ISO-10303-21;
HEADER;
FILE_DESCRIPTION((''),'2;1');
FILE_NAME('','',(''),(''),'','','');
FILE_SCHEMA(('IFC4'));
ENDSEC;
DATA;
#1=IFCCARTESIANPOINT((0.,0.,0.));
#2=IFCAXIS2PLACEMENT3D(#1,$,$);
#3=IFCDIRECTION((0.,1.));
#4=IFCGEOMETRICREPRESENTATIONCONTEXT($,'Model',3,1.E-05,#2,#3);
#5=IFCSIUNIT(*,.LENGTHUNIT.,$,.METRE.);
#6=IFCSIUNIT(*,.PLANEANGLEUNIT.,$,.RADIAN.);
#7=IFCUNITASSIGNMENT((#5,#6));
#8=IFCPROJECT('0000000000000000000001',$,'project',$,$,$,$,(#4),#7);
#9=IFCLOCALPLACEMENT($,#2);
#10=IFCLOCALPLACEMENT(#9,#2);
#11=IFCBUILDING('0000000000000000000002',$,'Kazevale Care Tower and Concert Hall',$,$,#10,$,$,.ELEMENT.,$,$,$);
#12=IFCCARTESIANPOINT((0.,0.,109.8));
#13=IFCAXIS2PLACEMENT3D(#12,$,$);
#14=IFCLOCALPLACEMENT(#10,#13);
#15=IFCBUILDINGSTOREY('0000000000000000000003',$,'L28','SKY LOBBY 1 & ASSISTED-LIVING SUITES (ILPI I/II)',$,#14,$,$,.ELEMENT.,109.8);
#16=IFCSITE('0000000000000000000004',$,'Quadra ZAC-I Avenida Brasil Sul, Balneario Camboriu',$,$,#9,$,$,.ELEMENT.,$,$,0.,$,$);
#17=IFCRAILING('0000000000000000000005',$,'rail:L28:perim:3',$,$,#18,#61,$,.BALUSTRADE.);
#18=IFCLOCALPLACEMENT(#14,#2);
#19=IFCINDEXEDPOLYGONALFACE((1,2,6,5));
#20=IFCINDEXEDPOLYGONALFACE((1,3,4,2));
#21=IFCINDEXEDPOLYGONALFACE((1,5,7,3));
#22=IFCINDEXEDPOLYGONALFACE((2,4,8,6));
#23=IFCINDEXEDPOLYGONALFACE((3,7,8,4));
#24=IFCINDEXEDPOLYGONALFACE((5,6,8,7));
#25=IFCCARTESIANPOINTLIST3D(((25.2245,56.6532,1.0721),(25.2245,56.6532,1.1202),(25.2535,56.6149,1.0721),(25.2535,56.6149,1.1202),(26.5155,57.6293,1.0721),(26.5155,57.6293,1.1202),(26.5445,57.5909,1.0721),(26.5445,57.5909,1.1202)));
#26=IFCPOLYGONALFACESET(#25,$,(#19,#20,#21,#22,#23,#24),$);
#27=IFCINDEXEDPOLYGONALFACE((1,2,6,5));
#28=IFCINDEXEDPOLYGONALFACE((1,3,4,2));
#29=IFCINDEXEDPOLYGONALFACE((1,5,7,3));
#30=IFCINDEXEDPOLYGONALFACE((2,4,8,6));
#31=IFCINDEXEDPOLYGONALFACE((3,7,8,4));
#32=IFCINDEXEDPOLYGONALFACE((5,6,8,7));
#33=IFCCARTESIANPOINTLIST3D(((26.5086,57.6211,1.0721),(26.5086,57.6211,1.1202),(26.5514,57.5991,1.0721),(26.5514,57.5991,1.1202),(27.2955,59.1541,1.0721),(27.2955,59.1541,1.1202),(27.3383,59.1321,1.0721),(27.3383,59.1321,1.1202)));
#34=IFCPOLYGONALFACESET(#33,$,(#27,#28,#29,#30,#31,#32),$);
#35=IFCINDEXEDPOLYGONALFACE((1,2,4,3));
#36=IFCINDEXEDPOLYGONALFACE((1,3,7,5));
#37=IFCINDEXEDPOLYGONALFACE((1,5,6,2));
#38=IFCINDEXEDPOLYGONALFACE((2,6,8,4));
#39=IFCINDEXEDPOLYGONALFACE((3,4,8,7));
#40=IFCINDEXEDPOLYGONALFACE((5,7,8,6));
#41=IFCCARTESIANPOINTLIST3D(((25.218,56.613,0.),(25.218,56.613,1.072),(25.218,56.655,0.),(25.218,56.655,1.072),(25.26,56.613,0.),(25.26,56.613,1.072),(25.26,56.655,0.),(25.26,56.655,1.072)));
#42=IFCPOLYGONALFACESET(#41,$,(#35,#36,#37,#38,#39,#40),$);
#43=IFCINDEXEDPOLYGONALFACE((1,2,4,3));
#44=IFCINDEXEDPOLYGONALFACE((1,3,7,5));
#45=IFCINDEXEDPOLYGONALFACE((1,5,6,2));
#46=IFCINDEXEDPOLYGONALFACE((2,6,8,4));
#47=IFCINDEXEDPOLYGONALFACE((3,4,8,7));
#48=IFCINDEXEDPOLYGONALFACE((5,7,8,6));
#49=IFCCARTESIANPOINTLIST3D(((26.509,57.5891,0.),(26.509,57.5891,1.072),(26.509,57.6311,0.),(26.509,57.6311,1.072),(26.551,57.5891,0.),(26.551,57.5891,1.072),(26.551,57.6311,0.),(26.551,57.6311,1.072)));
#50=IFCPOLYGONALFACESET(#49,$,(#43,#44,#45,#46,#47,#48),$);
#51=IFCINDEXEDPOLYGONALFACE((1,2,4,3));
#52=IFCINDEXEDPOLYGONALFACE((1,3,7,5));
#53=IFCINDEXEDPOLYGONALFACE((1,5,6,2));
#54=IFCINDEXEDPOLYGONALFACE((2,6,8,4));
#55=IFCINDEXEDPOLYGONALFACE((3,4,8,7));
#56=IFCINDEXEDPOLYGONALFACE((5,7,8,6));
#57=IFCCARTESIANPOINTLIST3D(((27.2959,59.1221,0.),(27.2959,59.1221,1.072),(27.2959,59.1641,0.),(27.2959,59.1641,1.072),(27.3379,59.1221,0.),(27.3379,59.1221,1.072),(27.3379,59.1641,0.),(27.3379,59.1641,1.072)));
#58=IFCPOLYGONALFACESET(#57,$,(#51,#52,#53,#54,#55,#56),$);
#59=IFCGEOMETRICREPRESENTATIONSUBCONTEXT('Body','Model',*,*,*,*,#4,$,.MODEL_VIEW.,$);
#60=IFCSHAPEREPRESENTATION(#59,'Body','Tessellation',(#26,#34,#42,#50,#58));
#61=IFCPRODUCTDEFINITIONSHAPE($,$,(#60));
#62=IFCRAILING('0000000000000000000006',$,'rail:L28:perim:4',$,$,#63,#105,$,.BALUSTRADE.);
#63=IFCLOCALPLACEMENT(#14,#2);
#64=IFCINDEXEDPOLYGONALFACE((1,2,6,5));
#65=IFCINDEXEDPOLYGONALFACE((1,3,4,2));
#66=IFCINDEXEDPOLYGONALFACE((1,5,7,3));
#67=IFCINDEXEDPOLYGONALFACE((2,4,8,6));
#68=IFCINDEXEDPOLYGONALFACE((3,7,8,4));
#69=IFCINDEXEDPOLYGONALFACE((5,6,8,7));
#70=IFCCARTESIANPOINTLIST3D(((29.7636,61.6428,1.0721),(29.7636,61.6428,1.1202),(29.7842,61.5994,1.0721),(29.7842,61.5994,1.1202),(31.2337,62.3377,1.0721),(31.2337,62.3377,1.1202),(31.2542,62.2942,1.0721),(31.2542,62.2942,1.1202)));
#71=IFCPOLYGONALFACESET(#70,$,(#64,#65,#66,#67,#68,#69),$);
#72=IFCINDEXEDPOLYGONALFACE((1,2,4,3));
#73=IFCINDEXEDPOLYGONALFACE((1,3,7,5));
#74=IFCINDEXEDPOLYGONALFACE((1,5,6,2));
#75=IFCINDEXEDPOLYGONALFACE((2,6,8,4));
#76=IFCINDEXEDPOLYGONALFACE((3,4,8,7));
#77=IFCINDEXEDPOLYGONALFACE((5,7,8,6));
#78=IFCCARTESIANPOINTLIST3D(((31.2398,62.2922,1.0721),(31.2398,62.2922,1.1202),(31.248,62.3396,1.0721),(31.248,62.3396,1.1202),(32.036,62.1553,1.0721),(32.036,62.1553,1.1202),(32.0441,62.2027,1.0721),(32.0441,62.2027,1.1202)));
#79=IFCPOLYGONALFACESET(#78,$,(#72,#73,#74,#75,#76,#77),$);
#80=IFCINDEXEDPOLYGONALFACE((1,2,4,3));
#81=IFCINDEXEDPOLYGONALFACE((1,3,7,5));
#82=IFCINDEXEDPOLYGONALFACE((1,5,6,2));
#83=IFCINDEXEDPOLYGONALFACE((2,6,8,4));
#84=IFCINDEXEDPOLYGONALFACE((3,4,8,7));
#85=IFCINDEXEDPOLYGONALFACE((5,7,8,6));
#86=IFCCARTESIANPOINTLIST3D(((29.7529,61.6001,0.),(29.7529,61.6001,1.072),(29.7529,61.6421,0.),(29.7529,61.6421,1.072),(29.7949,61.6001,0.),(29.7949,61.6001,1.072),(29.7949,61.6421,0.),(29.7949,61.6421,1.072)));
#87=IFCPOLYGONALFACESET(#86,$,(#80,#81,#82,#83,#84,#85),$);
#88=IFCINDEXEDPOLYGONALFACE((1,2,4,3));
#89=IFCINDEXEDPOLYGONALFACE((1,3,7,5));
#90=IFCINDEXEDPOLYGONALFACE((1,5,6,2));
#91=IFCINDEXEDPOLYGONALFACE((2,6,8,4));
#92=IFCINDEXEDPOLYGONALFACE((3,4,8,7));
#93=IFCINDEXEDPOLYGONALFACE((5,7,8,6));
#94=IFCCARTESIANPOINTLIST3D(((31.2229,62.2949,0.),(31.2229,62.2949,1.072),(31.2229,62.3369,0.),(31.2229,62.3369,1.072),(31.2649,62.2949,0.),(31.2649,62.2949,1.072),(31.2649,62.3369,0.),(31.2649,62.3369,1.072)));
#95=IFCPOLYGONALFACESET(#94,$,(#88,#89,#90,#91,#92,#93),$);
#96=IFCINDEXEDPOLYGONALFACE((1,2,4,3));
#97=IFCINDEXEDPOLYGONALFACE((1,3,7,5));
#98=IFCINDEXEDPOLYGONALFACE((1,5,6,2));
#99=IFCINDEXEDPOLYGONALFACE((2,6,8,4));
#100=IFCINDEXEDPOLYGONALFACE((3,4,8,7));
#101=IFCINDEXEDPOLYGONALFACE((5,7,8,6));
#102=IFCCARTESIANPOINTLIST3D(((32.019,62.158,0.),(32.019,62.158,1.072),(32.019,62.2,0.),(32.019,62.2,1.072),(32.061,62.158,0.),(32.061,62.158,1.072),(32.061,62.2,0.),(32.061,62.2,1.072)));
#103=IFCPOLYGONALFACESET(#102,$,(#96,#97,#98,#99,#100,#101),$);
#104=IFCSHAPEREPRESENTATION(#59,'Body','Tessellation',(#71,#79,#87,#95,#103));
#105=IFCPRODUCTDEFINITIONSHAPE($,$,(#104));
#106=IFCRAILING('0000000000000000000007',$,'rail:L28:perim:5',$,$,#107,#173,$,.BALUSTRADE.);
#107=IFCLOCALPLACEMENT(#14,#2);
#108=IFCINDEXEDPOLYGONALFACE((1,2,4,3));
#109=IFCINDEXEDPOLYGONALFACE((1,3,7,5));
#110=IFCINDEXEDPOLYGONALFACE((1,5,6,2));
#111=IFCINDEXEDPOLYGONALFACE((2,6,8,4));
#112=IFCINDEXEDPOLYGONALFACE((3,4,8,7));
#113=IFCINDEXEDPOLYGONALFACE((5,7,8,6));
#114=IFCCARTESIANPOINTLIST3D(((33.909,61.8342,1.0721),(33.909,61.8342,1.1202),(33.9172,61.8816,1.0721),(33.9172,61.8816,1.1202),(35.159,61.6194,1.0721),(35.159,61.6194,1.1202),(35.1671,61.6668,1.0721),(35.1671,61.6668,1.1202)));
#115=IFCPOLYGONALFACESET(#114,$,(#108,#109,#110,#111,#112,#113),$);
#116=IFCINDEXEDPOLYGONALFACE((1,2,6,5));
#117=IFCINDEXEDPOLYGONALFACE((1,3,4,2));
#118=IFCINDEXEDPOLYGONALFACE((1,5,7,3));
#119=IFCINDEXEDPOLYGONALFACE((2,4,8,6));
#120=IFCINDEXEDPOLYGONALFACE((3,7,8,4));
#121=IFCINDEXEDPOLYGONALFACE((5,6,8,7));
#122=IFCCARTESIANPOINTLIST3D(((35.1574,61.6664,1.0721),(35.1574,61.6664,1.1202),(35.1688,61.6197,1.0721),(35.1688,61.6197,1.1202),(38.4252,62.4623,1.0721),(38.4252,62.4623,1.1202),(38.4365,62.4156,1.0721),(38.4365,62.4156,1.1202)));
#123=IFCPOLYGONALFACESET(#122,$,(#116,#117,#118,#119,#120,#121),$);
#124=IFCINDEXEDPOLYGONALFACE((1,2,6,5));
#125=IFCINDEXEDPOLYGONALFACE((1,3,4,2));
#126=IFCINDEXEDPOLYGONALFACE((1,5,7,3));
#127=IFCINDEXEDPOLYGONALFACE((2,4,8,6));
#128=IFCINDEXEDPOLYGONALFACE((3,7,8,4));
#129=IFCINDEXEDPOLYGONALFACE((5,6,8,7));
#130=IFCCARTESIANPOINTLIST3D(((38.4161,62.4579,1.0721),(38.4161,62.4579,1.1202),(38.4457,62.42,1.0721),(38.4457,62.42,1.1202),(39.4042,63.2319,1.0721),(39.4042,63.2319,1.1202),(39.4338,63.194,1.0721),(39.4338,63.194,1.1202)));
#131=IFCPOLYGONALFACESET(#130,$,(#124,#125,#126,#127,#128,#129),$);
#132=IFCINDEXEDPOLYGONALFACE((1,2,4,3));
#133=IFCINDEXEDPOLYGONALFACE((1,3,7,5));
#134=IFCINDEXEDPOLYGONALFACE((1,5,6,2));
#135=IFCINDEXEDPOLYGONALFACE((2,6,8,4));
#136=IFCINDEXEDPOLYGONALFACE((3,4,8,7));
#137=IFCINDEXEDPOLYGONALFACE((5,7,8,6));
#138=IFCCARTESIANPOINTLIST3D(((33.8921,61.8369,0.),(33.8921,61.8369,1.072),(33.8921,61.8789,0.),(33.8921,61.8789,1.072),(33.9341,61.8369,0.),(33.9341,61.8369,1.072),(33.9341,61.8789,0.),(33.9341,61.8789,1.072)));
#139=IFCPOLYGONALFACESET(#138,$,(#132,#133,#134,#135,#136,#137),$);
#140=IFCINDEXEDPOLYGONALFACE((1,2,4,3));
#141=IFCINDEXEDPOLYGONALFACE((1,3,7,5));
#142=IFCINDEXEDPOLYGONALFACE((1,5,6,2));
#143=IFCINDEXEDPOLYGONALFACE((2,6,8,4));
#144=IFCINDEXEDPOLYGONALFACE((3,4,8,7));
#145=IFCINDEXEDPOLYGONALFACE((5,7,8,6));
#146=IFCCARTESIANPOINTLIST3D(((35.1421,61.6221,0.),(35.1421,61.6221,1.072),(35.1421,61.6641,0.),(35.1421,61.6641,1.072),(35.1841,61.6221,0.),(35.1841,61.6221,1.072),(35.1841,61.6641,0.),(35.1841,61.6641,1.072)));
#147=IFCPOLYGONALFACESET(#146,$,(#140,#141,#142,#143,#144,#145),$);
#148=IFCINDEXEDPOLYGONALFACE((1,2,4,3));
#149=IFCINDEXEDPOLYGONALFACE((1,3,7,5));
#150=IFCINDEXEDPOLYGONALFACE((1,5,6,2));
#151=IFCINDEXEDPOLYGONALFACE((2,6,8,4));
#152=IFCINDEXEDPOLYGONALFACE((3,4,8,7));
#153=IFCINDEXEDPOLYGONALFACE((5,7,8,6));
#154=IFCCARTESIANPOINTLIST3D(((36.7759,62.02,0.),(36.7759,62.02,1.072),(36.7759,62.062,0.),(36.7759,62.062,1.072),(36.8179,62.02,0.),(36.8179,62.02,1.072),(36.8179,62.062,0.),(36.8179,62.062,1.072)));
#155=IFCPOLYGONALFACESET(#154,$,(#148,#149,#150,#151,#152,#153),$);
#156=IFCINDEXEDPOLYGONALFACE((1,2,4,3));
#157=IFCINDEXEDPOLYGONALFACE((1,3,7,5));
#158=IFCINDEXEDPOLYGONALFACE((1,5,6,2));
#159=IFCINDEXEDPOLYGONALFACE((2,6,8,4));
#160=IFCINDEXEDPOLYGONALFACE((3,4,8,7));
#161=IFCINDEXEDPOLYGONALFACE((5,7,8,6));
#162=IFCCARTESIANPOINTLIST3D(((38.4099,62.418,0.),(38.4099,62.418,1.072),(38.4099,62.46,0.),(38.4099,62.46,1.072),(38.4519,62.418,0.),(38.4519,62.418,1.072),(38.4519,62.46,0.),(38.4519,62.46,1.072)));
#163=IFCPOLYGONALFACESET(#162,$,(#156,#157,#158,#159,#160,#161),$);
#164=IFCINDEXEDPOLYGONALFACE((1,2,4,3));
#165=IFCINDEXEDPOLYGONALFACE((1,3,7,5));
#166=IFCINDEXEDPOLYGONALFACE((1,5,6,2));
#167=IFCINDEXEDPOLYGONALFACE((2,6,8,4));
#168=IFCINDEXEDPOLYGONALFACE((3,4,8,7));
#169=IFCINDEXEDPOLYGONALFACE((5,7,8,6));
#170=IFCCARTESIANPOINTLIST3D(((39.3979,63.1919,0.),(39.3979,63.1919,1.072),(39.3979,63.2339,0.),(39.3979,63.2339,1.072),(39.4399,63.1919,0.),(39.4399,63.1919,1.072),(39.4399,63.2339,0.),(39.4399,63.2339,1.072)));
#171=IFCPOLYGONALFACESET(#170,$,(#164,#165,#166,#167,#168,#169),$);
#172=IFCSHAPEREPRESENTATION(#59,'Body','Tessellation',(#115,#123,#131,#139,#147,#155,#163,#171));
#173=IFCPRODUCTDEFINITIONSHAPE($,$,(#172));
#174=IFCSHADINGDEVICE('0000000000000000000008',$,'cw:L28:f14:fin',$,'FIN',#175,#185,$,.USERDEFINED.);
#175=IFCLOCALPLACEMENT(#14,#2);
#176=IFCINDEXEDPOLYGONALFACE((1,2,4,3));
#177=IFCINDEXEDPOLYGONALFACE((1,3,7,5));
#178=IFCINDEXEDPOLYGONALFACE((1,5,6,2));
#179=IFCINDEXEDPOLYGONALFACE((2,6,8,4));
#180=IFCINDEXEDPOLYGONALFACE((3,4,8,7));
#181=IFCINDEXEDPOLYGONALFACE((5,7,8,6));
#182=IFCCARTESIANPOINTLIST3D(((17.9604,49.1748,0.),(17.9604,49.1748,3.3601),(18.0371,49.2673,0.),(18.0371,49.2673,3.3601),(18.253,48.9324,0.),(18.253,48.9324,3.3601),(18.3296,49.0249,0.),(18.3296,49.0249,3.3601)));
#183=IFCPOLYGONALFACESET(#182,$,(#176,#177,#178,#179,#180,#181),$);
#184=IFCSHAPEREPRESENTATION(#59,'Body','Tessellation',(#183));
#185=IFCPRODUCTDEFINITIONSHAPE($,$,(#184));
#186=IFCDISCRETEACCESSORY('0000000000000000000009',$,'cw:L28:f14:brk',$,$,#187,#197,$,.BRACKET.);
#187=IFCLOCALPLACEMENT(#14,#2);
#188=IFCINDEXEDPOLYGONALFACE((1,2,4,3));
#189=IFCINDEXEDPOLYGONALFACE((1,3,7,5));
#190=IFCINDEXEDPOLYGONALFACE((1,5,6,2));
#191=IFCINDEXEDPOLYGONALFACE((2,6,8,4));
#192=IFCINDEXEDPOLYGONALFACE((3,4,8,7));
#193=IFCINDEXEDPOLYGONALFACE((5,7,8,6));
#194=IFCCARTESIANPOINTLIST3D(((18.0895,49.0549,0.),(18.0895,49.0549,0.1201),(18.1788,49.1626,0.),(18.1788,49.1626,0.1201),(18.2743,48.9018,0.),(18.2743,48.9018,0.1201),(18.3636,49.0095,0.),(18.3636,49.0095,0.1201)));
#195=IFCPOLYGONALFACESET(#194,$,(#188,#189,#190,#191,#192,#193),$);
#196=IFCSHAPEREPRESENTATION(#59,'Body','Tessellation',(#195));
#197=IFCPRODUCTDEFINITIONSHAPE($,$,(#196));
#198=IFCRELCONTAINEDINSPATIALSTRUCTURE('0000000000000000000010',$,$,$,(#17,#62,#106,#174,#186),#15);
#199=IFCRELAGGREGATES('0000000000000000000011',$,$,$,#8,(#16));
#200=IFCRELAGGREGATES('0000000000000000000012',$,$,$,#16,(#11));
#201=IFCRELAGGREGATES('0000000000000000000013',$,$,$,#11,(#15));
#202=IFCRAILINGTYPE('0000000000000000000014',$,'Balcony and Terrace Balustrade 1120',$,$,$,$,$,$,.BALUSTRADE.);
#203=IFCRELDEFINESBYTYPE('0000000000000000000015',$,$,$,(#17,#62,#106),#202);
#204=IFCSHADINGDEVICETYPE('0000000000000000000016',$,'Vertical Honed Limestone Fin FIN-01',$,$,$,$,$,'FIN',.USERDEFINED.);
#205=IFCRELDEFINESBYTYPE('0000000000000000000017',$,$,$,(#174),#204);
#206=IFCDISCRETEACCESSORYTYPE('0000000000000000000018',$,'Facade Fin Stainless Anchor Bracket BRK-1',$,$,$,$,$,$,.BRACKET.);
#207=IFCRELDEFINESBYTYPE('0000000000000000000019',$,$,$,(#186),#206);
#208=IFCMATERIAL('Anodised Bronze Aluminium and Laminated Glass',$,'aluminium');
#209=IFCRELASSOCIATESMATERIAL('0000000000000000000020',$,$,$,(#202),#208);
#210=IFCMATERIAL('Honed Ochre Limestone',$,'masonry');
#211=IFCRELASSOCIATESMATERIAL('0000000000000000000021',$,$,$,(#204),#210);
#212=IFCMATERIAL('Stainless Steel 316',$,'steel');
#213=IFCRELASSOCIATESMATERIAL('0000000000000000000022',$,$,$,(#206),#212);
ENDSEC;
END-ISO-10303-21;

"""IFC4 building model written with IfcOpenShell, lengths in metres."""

from ifc_helpers import new_model, si_unit, direction, frame, origin, origin_2d, place, context, subcontext, project, spatial, rectangle, extrude, material, type_object, element, save


model = new_model("IFC4")

# Units and contexts
model_context = context("Model", 3, precision=1e-05, world=origin(), true_north=direction((0.0, 1.0)))
body_context = subcontext(model_context, "Body", "Model", "MODEL_VIEW")
ifc_project = project(units=[si_unit("LENGTHUNIT", "METRE"), si_unit("PLANEANGLEUNIT", "RADIAN")], contexts=[model_context])

# Site, building, storey
site_placement = place(None, origin())
site = spatial("IfcSite", under=ifc_project, at=site_placement, Name="Quadra ZAC-I Avenida Brasil Sul, Balneario Camboriu", CompositionType="ELEMENT", RefElevation=0.0)
building_placement = place(site_placement, origin())
building = spatial("IfcBuilding", under=site, at=building_placement, Name="Kazevale Care Tower and Concert Hall", CompositionType="ELEMENT")
storey_placement = place(building_placement, frame((0.0, 0.0, 109.8)))
storey = spatial("IfcBuildingStorey", under=building, at=storey_placement, Name="L28", Description="SKY LOBBY 1 & ASSISTED-LIVING SUITES (ILPI I/II)", CompositionType="ELEMENT", Elevation=109.8)

# Railings
ifc_material_1 = material(Name="Anodised Bronze Aluminium and Laminated Glass", Category="aluminium")
railing_type = type_object("IfcRailingType", Name="Balcony and Terrace Balustrade 1120", PredefinedType="BALUSTRADE", material=ifc_material_1)
railing_1_placement = place(storey_placement, frame((25.239, 56.634, 0.0)))
element("IfcRailing", 1, at=railing_1_placement, inside=storey, type_object=railing_type, Name="rail:L28:perim:3", PredefinedType="BALUSTRADE", context=body_context, shape_type="SweptSolid", body=[
    extrude(rectangle(XDim=0.0481, YDim=0.0481, at=origin_2d()), frame((0.0, 0.0, 1.0962), z_axis=(0.797677, 0.603085, 0.0), x_axis=(-0.603085, 0.797677, 0.0)), (0.0, 0.0, 1.0), 1.6184),
    extrude(rectangle(XDim=0.0481, YDim=0.0481, at=origin_2d()), frame((1.291, 0.9761, 1.0962), z_axis=(0.456653, 0.889645, 0.0), x_axis=(-0.889645, 0.456653, 0.0)), (0.0, 0.0, 1.0), 1.7231),
    extrude(rectangle(XDim=0.042, YDim=0.042, at=origin_2d()), origin(), (0.0, 0.0, 1.0), 1.072),
    extrude(rectangle(XDim=0.042, YDim=0.042, at=origin_2d()), frame((1.291, 0.9761, 0.0)), (0.0, 0.0, 1.0), 1.072),
    extrude(rectangle(XDim=0.042, YDim=0.042, at=origin_2d()), frame((2.0779, 2.509, 0.0)), (0.0, 0.0, 1.0), 1.072),
])
railing_2_placement = place(storey_placement, frame((29.7739, 61.6211, 0.0)))
element("IfcRailing", 2, at=railing_2_placement, inside=storey, type_object=railing_type, Name="rail:L28:perim:4", PredefinedType="BALUSTRADE", context=body_context, shape_type="SweptSolid", body=[
    extrude(rectangle(XDim=0.0481, YDim=0.0481, at=origin_2d()), frame((0.0, 0.0, 1.0962), z_axis=(0.904089, 0.427344, 0.0), x_axis=(-0.427344, 0.904089, 0.0)), (0.0, 0.0, 1.0), 1.626),
    extrude(rectangle(XDim=0.0481, YDim=0.0481, at=origin_2d()), frame((1.47, 0.6948, 1.0962), z_axis=(0.985523, -0.169543, 0.0), x_axis=(0.169543, 0.985523, 0.0)), (0.0, 0.0, 1.0), 0.8079),
    extrude(rectangle(XDim=0.042, YDim=0.042, at=origin_2d()), origin(), (0.0, 0.0, 1.0), 1.072),
    extrude(rectangle(XDim=0.042, YDim=0.042, at=origin_2d()), frame((1.47, 0.6948, 0.0)), (0.0, 0.0, 1.0), 1.072),
    extrude(rectangle(XDim=0.042, YDim=0.042, at=origin_2d()), frame((2.2661, 0.5579, 0.0)), (0.0, 0.0, 1.0), 1.072),
])
railing_3_placement = place(storey_placement, frame((33.9131, 61.8579, 0.0)))
element("IfcRailing", 3, at=railing_3_placement, inside=storey, type_object=railing_type, Name="rail:L28:perim:5", PredefinedType="BALUSTRADE", context=body_context, shape_type="SweptSolid", body=[
    extrude(rectangle(XDim=0.0481, YDim=0.0481, at=origin_2d()), frame((0.0, 0.0, 1.0962), z_axis=(0.985549, -0.169391, 0.0), x_axis=(0.169391, 0.985549, 0.0)), (0.0, 0.0, 1.0), 1.2683),
    extrude(rectangle(XDim=0.0481, YDim=0.0481, at=origin_2d()), frame((1.25, -0.2148, 1.0962), z_axis=(0.971598, 0.236639, 0.0), x_axis=(-0.236639, 0.971598, 0.0)), (0.0, 0.0, 1.0), 3.3633),
    extrude(rectangle(XDim=0.0481, YDim=0.0481, at=origin_2d()), frame((4.5178, 0.5811, 1.0962), z_axis=(0.787242, 0.616644, 0.0), x_axis=(-0.616644, 0.787242, 0.0)), (0.0, 0.0, 1.0), 1.2551),
    extrude(rectangle(XDim=0.042, YDim=0.042, at=origin_2d()), origin(), (0.0, 0.0, 1.0), 1.072),
    extrude(rectangle(XDim=0.042, YDim=0.042, at=origin_2d()), frame((1.25, -0.2148, 0.0)), (0.0, 0.0, 1.0), 1.072),
    extrude(rectangle(XDim=0.042, YDim=0.042, at=origin_2d()), frame((2.8838, 0.1831, 0.0)), (0.0, 0.0, 1.0), 1.072),
    extrude(rectangle(XDim=0.042, YDim=0.042, at=origin_2d()), frame((4.5178, 0.5811, 0.0)), (0.0, 0.0, 1.0), 1.072),
    extrude(rectangle(XDim=0.042, YDim=0.042, at=origin_2d()), frame((5.5059, 1.355, 0.0)), (0.0, 0.0, 1.0), 1.072),
])

# Shading device
ifc_material_2 = material(Name="Honed Ochre Limestone", Category="masonry")
shading_device_type = type_object("IfcShadingDeviceType", Name="Vertical Honed Limestone Fin FIN-01", ElementType="FIN", PredefinedType="USERDEFINED", material=ifc_material_2)
shading_device_placement = place(storey_placement, frame((18.145, 49.0999, 0.0), z_axis=(0.0, 0.0, 1.0), x_axis=(-0.770068, 0.637962, 0.0)))
element("IfcShadingDevice", 4, at=shading_device_placement, inside=storey, type_object=shading_device_type, Name="cw:L28:f14:fin", ObjectType="FIN", PredefinedType="USERDEFINED", context=body_context, shape_type="SweptSolid", body=[
    extrude(rectangle(XDim=0.3799, YDim=0.1201, at=origin_2d()), origin(), (0.0, 0.0, 1.0), 3.3601),
])

# Discrete accessory
ifc_material_3 = material(Name="Stainless Steel 316", Category="steel")
discrete_accessory_type = type_object("IfcDiscreteAccessoryType", Name="Facade Fin Stainless Anchor Bracket BRK-1", PredefinedType="BRACKET", material=ifc_material_3)
discrete_accessory_placement = place(storey_placement, frame((18.2266, 49.0322, 0.0), z_axis=(0.0, 0.0, 1.0), x_axis=(-0.770068, 0.637962, 0.0)))
element("IfcDiscreteAccessory", 5, at=discrete_accessory_placement, inside=storey, type_object=discrete_accessory_type, Name="cw:L28:f14:brk", PredefinedType="BRACKET", context=body_context, shape_type="SweptSolid", body=[
    extrude(rectangle(XDim=0.24, YDim=0.1399, at=origin_2d()), origin(), (0.0, 0.0, 1.0), 0.1201),
])

save(model, "model.ifc")
